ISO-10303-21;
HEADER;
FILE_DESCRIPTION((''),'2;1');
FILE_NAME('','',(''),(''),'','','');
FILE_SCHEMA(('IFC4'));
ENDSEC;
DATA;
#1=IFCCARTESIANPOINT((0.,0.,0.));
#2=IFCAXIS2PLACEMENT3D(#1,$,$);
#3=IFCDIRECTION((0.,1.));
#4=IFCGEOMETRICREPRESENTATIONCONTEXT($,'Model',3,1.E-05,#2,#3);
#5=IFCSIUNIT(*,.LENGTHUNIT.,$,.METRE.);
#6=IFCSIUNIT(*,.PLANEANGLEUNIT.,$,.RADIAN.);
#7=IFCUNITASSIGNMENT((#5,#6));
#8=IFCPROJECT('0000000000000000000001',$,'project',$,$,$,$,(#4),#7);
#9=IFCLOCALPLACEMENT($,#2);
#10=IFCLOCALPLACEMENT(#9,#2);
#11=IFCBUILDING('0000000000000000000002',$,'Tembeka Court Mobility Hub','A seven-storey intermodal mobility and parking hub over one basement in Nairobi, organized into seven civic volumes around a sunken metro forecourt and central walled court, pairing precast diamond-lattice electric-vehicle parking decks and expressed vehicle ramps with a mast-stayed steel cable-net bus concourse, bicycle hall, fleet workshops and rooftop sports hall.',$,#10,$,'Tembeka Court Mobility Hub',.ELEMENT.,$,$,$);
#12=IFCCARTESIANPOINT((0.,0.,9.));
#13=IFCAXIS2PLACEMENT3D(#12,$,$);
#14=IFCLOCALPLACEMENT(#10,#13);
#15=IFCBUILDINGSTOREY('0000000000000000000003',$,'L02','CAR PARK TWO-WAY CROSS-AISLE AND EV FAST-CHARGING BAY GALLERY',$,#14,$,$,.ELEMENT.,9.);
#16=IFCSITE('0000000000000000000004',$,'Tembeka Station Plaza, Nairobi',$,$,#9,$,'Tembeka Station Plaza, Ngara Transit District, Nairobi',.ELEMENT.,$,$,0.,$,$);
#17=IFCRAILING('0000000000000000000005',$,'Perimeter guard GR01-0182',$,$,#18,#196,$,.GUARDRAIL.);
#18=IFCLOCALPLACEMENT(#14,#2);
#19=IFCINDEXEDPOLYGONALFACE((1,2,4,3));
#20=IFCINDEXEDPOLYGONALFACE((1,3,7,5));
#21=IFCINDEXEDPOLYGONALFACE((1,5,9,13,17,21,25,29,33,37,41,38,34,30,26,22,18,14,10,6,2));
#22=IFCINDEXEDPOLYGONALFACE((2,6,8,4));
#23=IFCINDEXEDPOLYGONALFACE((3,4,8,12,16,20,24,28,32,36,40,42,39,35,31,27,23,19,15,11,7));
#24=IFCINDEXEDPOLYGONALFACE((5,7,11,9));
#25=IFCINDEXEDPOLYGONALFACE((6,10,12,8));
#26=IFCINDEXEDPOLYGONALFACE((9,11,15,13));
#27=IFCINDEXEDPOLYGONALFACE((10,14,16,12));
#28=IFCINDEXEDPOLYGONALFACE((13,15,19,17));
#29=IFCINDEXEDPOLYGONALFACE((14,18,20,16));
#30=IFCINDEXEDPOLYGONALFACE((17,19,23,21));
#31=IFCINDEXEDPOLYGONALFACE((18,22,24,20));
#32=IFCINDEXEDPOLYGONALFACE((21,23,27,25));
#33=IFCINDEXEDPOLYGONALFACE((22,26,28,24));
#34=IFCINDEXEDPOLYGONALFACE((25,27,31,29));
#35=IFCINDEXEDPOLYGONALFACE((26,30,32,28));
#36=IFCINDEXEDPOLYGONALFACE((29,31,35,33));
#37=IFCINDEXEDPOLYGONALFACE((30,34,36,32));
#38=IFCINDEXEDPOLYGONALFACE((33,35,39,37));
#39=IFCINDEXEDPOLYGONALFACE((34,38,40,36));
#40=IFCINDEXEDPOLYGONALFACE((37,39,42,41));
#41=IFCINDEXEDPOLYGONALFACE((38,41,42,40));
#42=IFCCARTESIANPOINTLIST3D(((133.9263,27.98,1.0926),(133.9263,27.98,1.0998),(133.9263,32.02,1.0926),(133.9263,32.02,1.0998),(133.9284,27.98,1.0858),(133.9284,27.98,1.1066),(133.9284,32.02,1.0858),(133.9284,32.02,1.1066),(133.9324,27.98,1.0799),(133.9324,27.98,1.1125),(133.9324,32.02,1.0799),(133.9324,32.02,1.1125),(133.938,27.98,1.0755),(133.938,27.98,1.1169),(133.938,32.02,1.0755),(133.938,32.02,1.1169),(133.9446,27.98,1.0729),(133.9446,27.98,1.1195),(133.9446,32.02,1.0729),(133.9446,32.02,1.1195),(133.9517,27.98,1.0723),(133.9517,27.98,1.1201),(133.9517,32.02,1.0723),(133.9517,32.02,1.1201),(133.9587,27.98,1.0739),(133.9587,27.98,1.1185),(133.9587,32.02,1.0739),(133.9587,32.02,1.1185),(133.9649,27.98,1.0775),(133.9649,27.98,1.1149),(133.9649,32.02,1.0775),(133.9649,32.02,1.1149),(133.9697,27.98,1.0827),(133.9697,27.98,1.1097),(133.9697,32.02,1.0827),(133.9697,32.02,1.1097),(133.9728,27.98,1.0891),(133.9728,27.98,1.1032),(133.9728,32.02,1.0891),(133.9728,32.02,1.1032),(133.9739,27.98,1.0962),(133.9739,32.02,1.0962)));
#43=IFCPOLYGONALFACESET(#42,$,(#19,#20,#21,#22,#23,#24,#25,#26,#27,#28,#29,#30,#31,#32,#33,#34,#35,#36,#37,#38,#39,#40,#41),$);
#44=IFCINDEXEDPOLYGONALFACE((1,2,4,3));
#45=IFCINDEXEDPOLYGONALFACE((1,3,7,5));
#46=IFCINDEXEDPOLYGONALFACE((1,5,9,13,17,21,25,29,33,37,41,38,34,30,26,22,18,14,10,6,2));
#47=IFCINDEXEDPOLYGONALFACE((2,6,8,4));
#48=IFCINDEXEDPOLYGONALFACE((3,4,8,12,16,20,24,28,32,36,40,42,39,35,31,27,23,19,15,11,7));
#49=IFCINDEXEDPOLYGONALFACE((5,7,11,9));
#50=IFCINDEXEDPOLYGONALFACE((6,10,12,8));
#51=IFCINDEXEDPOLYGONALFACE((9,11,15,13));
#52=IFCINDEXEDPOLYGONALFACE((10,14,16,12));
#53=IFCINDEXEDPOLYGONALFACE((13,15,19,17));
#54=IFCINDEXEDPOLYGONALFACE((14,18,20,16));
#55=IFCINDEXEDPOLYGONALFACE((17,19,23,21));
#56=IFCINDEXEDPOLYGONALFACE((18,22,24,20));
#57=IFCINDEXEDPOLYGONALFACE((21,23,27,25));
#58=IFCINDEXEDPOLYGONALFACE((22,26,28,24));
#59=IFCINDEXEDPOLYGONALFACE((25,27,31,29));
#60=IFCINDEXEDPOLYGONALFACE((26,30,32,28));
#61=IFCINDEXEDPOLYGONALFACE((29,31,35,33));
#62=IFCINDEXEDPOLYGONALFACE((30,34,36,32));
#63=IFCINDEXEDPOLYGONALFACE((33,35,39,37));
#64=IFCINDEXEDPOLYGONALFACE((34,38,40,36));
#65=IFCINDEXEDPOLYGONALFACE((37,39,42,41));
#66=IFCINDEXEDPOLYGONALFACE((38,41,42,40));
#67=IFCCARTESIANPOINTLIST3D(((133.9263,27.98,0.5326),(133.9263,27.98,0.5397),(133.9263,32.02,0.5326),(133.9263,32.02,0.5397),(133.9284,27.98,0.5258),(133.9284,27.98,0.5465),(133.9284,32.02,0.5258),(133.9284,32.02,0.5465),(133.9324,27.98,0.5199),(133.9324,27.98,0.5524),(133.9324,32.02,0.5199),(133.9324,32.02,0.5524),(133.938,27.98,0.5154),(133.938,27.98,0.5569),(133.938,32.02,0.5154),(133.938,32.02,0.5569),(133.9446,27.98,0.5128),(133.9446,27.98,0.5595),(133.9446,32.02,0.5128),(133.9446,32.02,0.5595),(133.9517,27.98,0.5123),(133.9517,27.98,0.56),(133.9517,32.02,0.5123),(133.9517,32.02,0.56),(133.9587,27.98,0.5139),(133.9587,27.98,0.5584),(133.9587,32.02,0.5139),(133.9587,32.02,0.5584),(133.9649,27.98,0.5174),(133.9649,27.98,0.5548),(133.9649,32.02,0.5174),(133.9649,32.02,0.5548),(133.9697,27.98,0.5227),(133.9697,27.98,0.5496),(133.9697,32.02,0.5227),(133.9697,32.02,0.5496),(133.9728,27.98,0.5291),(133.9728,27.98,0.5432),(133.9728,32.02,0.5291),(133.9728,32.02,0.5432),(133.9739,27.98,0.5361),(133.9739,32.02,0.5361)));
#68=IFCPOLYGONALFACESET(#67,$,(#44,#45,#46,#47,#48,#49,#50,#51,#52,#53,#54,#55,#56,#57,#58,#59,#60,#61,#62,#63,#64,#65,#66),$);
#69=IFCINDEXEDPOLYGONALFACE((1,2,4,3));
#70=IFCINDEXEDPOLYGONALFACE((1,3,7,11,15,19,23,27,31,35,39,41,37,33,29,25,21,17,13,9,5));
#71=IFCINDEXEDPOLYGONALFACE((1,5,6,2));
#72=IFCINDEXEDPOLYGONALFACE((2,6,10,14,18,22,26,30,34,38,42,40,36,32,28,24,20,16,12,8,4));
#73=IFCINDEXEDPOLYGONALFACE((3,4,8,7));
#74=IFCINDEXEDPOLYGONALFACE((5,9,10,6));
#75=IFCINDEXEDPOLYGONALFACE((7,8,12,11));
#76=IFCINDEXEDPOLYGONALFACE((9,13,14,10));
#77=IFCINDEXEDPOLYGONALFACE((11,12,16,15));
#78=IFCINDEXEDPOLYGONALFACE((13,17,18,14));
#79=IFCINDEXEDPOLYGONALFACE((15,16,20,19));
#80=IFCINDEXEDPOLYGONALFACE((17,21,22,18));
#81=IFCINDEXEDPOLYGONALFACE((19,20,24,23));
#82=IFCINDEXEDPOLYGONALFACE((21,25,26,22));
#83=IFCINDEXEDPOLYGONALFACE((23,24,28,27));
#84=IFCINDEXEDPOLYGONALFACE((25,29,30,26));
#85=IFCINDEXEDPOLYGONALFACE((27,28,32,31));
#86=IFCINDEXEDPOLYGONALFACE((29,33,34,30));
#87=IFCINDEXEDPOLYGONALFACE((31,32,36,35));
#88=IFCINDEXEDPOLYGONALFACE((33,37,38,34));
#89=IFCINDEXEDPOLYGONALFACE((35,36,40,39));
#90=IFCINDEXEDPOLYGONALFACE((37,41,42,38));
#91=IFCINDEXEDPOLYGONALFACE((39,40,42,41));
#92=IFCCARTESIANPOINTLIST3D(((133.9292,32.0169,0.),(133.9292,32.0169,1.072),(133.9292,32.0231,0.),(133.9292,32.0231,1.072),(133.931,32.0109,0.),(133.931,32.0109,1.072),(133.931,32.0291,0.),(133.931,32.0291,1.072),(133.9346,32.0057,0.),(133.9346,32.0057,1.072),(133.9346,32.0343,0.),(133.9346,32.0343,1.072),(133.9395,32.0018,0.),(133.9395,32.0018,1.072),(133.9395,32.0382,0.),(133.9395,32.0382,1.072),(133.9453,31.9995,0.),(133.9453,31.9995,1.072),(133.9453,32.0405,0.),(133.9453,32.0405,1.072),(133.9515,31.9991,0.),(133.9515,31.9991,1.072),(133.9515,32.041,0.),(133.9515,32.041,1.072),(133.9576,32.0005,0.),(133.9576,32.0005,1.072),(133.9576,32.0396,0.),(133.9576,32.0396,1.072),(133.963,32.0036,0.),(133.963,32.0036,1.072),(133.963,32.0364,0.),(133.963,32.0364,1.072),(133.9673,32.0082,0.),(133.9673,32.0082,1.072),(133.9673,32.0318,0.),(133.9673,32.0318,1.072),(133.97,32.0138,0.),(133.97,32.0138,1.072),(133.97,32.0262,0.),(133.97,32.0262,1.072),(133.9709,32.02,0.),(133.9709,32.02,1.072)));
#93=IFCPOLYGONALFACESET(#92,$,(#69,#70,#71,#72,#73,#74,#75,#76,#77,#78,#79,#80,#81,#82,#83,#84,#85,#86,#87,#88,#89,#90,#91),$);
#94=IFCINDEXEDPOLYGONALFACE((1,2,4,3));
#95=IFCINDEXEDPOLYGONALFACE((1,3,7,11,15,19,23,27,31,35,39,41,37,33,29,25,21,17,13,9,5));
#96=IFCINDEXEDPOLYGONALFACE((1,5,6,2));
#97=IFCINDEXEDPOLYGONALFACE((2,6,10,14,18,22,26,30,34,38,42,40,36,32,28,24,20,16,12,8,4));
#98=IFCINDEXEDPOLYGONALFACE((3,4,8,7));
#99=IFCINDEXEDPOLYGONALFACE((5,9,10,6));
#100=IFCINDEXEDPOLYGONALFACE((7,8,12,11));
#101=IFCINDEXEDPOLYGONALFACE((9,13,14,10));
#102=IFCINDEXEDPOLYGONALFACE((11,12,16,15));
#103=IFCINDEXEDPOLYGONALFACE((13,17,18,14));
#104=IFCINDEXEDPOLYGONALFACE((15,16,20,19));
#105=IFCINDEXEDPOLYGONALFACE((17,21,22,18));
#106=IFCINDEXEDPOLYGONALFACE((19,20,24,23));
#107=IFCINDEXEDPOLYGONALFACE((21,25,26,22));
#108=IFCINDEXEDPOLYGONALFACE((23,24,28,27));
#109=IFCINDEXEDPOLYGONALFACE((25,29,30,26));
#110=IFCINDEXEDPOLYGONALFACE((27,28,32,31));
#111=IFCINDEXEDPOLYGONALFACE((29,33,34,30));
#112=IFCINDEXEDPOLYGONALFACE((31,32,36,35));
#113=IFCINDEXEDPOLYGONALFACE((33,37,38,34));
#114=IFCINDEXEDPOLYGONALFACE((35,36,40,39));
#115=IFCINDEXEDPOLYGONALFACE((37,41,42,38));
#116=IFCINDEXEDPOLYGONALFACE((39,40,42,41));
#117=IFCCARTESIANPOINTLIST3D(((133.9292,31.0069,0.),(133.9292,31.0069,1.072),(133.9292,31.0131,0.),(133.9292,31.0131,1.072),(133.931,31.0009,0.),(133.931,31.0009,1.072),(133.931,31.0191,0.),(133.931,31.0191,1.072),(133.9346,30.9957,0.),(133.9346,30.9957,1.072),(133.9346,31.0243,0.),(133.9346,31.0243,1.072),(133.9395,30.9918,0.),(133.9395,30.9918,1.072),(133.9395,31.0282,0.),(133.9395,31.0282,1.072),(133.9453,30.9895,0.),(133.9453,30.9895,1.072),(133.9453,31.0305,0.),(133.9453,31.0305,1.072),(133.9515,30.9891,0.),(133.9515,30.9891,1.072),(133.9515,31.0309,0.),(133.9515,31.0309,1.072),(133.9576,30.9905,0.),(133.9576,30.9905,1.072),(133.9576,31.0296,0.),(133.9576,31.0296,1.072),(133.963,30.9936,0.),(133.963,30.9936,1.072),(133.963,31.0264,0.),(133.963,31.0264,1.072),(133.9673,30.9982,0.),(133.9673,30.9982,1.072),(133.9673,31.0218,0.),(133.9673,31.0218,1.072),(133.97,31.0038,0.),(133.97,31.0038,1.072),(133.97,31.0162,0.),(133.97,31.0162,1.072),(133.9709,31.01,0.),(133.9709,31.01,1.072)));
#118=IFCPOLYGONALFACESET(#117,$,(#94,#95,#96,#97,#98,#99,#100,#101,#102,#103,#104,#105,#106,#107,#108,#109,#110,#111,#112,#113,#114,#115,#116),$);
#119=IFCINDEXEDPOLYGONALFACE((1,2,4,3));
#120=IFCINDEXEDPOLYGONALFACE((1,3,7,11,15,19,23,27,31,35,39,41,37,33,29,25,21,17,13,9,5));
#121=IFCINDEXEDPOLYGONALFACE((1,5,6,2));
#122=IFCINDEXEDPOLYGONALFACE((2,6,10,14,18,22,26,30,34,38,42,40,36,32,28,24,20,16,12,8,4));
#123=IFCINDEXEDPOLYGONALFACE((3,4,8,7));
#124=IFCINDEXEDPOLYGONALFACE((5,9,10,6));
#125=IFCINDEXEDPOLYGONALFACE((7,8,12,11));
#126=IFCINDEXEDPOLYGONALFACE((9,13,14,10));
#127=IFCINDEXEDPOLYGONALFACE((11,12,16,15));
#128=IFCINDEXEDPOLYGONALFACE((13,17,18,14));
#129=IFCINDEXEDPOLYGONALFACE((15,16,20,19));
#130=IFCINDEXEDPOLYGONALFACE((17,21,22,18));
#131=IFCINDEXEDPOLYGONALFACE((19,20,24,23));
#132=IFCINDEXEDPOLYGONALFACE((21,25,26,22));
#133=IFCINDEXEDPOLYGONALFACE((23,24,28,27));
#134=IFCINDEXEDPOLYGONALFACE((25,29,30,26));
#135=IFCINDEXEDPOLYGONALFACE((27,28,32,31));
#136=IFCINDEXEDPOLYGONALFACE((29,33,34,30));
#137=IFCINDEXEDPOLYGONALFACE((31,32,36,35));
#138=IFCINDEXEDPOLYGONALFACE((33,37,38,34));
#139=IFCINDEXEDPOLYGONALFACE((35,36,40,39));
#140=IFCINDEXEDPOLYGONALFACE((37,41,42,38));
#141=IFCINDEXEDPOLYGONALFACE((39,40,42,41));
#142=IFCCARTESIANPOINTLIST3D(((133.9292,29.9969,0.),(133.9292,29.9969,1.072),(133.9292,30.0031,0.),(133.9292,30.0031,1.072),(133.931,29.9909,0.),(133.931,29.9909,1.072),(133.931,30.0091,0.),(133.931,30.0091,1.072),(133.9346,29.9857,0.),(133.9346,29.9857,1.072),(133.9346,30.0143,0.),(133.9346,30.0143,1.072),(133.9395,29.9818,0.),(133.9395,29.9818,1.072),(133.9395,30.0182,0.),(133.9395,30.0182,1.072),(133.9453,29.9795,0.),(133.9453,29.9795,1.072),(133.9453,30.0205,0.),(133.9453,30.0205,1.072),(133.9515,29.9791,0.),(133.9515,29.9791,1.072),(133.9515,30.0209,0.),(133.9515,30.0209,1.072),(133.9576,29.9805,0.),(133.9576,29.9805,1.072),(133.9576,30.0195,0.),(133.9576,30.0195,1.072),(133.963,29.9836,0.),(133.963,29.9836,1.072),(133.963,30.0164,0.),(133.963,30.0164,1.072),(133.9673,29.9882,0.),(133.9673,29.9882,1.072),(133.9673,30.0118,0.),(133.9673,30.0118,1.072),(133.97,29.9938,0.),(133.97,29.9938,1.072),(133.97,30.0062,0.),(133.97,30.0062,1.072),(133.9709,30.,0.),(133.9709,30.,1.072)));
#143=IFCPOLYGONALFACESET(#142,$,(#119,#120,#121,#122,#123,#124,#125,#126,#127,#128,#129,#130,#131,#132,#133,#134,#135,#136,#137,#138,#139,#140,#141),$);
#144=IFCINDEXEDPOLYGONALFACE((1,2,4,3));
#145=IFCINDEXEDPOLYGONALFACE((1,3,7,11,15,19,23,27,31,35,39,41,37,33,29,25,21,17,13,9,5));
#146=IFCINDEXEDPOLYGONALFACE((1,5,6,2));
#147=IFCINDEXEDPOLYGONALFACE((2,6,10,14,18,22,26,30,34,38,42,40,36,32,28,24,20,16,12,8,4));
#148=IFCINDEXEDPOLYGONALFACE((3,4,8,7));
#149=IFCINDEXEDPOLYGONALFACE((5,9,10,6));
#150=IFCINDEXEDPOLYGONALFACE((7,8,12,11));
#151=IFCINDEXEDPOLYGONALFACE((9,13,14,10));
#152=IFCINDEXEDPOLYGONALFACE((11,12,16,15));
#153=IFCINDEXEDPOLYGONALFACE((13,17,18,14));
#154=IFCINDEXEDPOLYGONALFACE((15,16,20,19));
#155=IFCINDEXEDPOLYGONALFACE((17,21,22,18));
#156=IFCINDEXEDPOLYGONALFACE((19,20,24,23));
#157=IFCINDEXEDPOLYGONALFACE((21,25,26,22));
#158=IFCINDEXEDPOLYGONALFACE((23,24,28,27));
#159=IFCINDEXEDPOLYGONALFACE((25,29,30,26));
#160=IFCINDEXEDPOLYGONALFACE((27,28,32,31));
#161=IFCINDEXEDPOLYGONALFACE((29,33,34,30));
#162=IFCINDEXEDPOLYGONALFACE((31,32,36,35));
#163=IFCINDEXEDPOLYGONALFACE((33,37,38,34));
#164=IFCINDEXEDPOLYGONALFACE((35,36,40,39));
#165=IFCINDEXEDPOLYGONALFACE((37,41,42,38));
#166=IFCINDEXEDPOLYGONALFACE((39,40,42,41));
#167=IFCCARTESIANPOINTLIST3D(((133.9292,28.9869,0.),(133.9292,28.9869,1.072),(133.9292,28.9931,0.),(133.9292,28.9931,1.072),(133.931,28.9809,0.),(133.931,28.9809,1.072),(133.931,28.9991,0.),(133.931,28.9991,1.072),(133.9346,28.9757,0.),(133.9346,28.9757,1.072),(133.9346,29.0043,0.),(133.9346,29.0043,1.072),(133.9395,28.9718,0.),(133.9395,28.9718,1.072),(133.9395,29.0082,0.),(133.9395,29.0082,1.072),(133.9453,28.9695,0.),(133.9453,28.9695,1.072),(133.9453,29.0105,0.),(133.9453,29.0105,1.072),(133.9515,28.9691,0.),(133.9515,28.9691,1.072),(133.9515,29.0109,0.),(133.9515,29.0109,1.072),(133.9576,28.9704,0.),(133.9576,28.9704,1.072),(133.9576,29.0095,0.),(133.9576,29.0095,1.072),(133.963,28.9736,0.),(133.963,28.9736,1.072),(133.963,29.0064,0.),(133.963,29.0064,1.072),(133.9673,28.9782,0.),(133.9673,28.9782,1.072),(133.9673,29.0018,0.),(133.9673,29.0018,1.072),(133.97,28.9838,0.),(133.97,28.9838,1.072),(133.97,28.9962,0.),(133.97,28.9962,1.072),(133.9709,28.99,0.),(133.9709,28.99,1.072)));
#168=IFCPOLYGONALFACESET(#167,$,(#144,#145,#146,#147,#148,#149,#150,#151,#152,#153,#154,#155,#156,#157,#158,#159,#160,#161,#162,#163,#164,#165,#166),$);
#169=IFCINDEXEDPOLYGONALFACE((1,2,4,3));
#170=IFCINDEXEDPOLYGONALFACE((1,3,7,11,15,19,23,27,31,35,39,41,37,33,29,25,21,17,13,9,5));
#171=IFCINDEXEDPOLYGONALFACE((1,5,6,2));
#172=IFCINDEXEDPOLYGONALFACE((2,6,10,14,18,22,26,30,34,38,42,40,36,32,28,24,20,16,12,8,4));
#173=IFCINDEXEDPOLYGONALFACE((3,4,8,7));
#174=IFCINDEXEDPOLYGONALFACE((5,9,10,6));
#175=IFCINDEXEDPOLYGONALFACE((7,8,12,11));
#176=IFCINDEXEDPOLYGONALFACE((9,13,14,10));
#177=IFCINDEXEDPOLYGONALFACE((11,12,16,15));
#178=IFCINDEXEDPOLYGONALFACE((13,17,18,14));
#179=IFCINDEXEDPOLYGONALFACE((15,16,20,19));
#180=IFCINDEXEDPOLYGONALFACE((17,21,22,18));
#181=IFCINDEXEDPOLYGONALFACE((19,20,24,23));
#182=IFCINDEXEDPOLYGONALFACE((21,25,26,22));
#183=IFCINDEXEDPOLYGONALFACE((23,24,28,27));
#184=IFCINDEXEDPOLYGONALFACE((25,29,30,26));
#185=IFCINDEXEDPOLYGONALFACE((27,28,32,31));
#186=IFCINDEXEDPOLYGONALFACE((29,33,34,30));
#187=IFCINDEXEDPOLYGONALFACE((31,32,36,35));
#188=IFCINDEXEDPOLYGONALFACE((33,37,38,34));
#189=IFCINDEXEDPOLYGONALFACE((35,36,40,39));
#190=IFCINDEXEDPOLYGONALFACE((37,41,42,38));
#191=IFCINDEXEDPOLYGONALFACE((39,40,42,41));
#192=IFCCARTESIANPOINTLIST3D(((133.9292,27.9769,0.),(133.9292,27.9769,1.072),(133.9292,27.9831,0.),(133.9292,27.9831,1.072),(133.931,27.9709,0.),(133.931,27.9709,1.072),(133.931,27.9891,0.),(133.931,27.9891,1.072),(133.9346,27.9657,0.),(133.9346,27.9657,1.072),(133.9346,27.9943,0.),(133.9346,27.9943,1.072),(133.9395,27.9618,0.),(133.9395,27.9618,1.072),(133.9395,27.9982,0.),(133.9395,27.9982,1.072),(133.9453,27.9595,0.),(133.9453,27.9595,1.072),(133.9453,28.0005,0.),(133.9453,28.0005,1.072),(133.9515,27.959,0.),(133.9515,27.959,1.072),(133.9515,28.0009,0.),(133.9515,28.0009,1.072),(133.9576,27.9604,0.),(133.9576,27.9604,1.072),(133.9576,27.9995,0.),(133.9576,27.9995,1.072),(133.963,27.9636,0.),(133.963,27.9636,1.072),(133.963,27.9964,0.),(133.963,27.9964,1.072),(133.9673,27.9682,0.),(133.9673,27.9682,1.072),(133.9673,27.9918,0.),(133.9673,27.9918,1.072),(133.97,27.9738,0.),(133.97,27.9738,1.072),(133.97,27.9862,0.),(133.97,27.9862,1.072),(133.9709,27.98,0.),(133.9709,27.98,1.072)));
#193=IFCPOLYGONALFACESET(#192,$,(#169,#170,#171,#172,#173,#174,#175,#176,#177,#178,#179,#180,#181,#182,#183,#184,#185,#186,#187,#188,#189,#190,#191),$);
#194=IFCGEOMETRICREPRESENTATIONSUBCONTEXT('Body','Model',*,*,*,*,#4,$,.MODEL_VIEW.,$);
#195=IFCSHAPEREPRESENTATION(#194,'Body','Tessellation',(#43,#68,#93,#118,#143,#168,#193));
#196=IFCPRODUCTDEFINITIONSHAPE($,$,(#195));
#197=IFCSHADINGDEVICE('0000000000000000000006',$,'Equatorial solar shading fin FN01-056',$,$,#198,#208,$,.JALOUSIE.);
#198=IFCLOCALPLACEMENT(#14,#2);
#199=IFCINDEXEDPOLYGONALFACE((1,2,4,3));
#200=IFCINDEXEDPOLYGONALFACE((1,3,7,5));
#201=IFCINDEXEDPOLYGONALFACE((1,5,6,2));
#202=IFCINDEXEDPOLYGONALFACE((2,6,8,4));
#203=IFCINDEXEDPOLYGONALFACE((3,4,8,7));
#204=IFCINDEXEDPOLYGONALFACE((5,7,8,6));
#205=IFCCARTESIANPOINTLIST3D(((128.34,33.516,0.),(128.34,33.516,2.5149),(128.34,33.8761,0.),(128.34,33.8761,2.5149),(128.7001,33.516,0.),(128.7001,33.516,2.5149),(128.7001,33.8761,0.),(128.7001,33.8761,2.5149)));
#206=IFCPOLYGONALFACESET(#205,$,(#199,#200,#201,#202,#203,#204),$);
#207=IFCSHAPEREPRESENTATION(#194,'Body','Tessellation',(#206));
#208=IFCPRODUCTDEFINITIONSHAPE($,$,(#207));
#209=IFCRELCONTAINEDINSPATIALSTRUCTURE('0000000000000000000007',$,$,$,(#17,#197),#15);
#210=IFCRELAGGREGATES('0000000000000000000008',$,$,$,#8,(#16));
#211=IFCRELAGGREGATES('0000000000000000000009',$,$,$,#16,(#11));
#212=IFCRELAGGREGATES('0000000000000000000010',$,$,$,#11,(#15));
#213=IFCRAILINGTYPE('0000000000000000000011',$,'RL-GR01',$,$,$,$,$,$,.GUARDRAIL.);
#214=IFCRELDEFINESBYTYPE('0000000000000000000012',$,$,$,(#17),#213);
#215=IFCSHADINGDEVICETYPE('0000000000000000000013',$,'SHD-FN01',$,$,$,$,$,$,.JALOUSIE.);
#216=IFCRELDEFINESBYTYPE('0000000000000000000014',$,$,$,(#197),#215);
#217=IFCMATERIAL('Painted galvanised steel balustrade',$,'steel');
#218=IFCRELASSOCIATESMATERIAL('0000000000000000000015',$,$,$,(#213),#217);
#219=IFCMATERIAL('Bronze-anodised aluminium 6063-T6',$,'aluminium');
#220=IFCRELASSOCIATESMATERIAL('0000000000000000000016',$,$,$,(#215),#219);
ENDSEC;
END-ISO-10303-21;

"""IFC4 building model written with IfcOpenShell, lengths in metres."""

from ifc_helpers import new_model, si_unit, direction, frame, origin, origin_2d, place, context, subcontext, project, spatial, rectangle, circle, extrude, material, material_profile, profile_set, type_object, element, save


model = new_model("IFC4")

# Units and contexts
model_context = context("Model", 3, precision=1e-05, world=origin(), true_north=direction((0.0, 1.0)))
body_context = subcontext(model_context, "Body", "Model", "MODEL_VIEW")
ifc_project = project(units=[si_unit("LENGTHUNIT", "METRE"), si_unit("PLANEANGLEUNIT", "RADIAN")], contexts=[model_context])

# Site, building, storey
site_placement = place(None, origin())
site = spatial("IfcSite", under=ifc_project, at=site_placement, Name="Tembeka Station Plaza, Nairobi", LongName="Tembeka Station Plaza, Ngara Transit District, Nairobi", CompositionType="ELEMENT", RefElevation=0.0)
building_placement = place(site_placement, origin())
building = spatial("IfcBuilding", under=site, at=building_placement, Name="Tembeka Court Mobility Hub", Description="A seven-storey intermodal mobility and parking hub over one basement in Nairobi, organized into seven civic volumes around a sunken metro forecourt and central walled court, pairing precast diamond-lattice electric-vehicle parking decks and expressed vehicle ramps with a mast-stayed steel cable-net bus concourse, bicycle hall, fleet workshops and rooftop sports hall.", LongName="Tembeka Court Mobility Hub", CompositionType="ELEMENT")
storey_placement = place(building_placement, frame((0.0, 0.0, 9.0)))
storey = spatial("IfcBuildingStorey", under=building, at=storey_placement, Name="L02", Description="CAR PARK TWO-WAY CROSS-AISLE AND EV FAST-CHARGING BAY GALLERY", CompositionType="ELEMENT", Elevation=9.0)

# Railing
ifc_material_1 = material(Name="Painted galvanised steel balustrade", Category="steel")
railing_type = type_object("IfcRailingType", Name="RL-GR01", PredefinedType="GUARDRAIL", material=ifc_material_1)
railing_1_placement = place(storey_placement, frame((133.95, 32.02, 0.0)))
element("IfcRailing", 1, at=railing_1_placement, inside=storey, type_object=railing_type, Name="Perimeter guard GR01-0182", PredefinedType="GUARDRAIL", context=body_context, shape_type="SweptSolid", body=[
    extrude(circle(Radius=0.0239, at=origin_2d()), frame((0.0, 0.0, 1.0962), z_axis=(0.0, -1.0, 0.0), x_axis=(1.0, 0.0, 0.0)), (0.0, 0.0, 1.0), 4.04),
    extrude(circle(Radius=0.0239, at=origin_2d()), frame((0.0, 0.0, 0.5361), z_axis=(0.0, -1.0, 0.0), x_axis=(1.0, 0.0, 0.0)), (0.0, 0.0, 1.0), 4.04),
    extrude(circle(Radius=0.021, at=origin_2d()), origin(), (0.0, 0.0, 1.0), 1.072),
    extrude(circle(Radius=0.021, at=origin_2d()), frame((0.0, -1.01, 0.0)), (0.0, 0.0, 1.0), 1.072),
    extrude(circle(Radius=0.021, at=origin_2d()), frame((0.0, -2.02, 0.0)), (0.0, 0.0, 1.0), 1.072),
    extrude(circle(Radius=0.021, at=origin_2d()), frame((0.0, -3.03, 0.0)), (0.0, 0.0, 1.0), 1.072),
    extrude(circle(Radius=0.021, at=origin_2d()), frame((0.0, -4.04, 0.0)), (0.0, 0.0, 1.0), 1.072),
])

# Shading device
ifc_material_2 = material(Name="Bronze-anodised aluminium 6063-T6", Category="aluminium")
ifc_material_profile_1 = material_profile(ifc_material_2, rectangle(XDim=0.3601, YDim=0.3601, at=origin_2d()), Name="ALU-FIN 360x360")
ifc_profile_set_1 = profile_set([ifc_material_profile_1], Name="Bronze-anodised aluminium 6063-T6")
shading_device_type_1 = type_object("IfcShadingDeviceType", Name="SHD-FN01", PredefinedType="JALOUSIE", material=ifc_profile_set_1)
shading_device_1_placement = place(storey_placement, frame((128.52, 33.696, 0.0), z_axis=(0.0, 0.0, 1.0), x_axis=(1.0, 0.0, 0.0)))
element("IfcShadingDevice", 2, at=shading_device_1_placement, inside=storey, type_object=shading_device_type_1, Name="Equatorial solar shading fin FN01-056", PredefinedType="JALOUSIE", context=body_context, shape_type="SweptSolid", body=[
    extrude(rectangle(XDim=0.3601, YDim=0.3601, at=origin_2d()), origin(), (0.0, 0.0, 1.0), 2.5149),
])

save(model, "model.ifc")
